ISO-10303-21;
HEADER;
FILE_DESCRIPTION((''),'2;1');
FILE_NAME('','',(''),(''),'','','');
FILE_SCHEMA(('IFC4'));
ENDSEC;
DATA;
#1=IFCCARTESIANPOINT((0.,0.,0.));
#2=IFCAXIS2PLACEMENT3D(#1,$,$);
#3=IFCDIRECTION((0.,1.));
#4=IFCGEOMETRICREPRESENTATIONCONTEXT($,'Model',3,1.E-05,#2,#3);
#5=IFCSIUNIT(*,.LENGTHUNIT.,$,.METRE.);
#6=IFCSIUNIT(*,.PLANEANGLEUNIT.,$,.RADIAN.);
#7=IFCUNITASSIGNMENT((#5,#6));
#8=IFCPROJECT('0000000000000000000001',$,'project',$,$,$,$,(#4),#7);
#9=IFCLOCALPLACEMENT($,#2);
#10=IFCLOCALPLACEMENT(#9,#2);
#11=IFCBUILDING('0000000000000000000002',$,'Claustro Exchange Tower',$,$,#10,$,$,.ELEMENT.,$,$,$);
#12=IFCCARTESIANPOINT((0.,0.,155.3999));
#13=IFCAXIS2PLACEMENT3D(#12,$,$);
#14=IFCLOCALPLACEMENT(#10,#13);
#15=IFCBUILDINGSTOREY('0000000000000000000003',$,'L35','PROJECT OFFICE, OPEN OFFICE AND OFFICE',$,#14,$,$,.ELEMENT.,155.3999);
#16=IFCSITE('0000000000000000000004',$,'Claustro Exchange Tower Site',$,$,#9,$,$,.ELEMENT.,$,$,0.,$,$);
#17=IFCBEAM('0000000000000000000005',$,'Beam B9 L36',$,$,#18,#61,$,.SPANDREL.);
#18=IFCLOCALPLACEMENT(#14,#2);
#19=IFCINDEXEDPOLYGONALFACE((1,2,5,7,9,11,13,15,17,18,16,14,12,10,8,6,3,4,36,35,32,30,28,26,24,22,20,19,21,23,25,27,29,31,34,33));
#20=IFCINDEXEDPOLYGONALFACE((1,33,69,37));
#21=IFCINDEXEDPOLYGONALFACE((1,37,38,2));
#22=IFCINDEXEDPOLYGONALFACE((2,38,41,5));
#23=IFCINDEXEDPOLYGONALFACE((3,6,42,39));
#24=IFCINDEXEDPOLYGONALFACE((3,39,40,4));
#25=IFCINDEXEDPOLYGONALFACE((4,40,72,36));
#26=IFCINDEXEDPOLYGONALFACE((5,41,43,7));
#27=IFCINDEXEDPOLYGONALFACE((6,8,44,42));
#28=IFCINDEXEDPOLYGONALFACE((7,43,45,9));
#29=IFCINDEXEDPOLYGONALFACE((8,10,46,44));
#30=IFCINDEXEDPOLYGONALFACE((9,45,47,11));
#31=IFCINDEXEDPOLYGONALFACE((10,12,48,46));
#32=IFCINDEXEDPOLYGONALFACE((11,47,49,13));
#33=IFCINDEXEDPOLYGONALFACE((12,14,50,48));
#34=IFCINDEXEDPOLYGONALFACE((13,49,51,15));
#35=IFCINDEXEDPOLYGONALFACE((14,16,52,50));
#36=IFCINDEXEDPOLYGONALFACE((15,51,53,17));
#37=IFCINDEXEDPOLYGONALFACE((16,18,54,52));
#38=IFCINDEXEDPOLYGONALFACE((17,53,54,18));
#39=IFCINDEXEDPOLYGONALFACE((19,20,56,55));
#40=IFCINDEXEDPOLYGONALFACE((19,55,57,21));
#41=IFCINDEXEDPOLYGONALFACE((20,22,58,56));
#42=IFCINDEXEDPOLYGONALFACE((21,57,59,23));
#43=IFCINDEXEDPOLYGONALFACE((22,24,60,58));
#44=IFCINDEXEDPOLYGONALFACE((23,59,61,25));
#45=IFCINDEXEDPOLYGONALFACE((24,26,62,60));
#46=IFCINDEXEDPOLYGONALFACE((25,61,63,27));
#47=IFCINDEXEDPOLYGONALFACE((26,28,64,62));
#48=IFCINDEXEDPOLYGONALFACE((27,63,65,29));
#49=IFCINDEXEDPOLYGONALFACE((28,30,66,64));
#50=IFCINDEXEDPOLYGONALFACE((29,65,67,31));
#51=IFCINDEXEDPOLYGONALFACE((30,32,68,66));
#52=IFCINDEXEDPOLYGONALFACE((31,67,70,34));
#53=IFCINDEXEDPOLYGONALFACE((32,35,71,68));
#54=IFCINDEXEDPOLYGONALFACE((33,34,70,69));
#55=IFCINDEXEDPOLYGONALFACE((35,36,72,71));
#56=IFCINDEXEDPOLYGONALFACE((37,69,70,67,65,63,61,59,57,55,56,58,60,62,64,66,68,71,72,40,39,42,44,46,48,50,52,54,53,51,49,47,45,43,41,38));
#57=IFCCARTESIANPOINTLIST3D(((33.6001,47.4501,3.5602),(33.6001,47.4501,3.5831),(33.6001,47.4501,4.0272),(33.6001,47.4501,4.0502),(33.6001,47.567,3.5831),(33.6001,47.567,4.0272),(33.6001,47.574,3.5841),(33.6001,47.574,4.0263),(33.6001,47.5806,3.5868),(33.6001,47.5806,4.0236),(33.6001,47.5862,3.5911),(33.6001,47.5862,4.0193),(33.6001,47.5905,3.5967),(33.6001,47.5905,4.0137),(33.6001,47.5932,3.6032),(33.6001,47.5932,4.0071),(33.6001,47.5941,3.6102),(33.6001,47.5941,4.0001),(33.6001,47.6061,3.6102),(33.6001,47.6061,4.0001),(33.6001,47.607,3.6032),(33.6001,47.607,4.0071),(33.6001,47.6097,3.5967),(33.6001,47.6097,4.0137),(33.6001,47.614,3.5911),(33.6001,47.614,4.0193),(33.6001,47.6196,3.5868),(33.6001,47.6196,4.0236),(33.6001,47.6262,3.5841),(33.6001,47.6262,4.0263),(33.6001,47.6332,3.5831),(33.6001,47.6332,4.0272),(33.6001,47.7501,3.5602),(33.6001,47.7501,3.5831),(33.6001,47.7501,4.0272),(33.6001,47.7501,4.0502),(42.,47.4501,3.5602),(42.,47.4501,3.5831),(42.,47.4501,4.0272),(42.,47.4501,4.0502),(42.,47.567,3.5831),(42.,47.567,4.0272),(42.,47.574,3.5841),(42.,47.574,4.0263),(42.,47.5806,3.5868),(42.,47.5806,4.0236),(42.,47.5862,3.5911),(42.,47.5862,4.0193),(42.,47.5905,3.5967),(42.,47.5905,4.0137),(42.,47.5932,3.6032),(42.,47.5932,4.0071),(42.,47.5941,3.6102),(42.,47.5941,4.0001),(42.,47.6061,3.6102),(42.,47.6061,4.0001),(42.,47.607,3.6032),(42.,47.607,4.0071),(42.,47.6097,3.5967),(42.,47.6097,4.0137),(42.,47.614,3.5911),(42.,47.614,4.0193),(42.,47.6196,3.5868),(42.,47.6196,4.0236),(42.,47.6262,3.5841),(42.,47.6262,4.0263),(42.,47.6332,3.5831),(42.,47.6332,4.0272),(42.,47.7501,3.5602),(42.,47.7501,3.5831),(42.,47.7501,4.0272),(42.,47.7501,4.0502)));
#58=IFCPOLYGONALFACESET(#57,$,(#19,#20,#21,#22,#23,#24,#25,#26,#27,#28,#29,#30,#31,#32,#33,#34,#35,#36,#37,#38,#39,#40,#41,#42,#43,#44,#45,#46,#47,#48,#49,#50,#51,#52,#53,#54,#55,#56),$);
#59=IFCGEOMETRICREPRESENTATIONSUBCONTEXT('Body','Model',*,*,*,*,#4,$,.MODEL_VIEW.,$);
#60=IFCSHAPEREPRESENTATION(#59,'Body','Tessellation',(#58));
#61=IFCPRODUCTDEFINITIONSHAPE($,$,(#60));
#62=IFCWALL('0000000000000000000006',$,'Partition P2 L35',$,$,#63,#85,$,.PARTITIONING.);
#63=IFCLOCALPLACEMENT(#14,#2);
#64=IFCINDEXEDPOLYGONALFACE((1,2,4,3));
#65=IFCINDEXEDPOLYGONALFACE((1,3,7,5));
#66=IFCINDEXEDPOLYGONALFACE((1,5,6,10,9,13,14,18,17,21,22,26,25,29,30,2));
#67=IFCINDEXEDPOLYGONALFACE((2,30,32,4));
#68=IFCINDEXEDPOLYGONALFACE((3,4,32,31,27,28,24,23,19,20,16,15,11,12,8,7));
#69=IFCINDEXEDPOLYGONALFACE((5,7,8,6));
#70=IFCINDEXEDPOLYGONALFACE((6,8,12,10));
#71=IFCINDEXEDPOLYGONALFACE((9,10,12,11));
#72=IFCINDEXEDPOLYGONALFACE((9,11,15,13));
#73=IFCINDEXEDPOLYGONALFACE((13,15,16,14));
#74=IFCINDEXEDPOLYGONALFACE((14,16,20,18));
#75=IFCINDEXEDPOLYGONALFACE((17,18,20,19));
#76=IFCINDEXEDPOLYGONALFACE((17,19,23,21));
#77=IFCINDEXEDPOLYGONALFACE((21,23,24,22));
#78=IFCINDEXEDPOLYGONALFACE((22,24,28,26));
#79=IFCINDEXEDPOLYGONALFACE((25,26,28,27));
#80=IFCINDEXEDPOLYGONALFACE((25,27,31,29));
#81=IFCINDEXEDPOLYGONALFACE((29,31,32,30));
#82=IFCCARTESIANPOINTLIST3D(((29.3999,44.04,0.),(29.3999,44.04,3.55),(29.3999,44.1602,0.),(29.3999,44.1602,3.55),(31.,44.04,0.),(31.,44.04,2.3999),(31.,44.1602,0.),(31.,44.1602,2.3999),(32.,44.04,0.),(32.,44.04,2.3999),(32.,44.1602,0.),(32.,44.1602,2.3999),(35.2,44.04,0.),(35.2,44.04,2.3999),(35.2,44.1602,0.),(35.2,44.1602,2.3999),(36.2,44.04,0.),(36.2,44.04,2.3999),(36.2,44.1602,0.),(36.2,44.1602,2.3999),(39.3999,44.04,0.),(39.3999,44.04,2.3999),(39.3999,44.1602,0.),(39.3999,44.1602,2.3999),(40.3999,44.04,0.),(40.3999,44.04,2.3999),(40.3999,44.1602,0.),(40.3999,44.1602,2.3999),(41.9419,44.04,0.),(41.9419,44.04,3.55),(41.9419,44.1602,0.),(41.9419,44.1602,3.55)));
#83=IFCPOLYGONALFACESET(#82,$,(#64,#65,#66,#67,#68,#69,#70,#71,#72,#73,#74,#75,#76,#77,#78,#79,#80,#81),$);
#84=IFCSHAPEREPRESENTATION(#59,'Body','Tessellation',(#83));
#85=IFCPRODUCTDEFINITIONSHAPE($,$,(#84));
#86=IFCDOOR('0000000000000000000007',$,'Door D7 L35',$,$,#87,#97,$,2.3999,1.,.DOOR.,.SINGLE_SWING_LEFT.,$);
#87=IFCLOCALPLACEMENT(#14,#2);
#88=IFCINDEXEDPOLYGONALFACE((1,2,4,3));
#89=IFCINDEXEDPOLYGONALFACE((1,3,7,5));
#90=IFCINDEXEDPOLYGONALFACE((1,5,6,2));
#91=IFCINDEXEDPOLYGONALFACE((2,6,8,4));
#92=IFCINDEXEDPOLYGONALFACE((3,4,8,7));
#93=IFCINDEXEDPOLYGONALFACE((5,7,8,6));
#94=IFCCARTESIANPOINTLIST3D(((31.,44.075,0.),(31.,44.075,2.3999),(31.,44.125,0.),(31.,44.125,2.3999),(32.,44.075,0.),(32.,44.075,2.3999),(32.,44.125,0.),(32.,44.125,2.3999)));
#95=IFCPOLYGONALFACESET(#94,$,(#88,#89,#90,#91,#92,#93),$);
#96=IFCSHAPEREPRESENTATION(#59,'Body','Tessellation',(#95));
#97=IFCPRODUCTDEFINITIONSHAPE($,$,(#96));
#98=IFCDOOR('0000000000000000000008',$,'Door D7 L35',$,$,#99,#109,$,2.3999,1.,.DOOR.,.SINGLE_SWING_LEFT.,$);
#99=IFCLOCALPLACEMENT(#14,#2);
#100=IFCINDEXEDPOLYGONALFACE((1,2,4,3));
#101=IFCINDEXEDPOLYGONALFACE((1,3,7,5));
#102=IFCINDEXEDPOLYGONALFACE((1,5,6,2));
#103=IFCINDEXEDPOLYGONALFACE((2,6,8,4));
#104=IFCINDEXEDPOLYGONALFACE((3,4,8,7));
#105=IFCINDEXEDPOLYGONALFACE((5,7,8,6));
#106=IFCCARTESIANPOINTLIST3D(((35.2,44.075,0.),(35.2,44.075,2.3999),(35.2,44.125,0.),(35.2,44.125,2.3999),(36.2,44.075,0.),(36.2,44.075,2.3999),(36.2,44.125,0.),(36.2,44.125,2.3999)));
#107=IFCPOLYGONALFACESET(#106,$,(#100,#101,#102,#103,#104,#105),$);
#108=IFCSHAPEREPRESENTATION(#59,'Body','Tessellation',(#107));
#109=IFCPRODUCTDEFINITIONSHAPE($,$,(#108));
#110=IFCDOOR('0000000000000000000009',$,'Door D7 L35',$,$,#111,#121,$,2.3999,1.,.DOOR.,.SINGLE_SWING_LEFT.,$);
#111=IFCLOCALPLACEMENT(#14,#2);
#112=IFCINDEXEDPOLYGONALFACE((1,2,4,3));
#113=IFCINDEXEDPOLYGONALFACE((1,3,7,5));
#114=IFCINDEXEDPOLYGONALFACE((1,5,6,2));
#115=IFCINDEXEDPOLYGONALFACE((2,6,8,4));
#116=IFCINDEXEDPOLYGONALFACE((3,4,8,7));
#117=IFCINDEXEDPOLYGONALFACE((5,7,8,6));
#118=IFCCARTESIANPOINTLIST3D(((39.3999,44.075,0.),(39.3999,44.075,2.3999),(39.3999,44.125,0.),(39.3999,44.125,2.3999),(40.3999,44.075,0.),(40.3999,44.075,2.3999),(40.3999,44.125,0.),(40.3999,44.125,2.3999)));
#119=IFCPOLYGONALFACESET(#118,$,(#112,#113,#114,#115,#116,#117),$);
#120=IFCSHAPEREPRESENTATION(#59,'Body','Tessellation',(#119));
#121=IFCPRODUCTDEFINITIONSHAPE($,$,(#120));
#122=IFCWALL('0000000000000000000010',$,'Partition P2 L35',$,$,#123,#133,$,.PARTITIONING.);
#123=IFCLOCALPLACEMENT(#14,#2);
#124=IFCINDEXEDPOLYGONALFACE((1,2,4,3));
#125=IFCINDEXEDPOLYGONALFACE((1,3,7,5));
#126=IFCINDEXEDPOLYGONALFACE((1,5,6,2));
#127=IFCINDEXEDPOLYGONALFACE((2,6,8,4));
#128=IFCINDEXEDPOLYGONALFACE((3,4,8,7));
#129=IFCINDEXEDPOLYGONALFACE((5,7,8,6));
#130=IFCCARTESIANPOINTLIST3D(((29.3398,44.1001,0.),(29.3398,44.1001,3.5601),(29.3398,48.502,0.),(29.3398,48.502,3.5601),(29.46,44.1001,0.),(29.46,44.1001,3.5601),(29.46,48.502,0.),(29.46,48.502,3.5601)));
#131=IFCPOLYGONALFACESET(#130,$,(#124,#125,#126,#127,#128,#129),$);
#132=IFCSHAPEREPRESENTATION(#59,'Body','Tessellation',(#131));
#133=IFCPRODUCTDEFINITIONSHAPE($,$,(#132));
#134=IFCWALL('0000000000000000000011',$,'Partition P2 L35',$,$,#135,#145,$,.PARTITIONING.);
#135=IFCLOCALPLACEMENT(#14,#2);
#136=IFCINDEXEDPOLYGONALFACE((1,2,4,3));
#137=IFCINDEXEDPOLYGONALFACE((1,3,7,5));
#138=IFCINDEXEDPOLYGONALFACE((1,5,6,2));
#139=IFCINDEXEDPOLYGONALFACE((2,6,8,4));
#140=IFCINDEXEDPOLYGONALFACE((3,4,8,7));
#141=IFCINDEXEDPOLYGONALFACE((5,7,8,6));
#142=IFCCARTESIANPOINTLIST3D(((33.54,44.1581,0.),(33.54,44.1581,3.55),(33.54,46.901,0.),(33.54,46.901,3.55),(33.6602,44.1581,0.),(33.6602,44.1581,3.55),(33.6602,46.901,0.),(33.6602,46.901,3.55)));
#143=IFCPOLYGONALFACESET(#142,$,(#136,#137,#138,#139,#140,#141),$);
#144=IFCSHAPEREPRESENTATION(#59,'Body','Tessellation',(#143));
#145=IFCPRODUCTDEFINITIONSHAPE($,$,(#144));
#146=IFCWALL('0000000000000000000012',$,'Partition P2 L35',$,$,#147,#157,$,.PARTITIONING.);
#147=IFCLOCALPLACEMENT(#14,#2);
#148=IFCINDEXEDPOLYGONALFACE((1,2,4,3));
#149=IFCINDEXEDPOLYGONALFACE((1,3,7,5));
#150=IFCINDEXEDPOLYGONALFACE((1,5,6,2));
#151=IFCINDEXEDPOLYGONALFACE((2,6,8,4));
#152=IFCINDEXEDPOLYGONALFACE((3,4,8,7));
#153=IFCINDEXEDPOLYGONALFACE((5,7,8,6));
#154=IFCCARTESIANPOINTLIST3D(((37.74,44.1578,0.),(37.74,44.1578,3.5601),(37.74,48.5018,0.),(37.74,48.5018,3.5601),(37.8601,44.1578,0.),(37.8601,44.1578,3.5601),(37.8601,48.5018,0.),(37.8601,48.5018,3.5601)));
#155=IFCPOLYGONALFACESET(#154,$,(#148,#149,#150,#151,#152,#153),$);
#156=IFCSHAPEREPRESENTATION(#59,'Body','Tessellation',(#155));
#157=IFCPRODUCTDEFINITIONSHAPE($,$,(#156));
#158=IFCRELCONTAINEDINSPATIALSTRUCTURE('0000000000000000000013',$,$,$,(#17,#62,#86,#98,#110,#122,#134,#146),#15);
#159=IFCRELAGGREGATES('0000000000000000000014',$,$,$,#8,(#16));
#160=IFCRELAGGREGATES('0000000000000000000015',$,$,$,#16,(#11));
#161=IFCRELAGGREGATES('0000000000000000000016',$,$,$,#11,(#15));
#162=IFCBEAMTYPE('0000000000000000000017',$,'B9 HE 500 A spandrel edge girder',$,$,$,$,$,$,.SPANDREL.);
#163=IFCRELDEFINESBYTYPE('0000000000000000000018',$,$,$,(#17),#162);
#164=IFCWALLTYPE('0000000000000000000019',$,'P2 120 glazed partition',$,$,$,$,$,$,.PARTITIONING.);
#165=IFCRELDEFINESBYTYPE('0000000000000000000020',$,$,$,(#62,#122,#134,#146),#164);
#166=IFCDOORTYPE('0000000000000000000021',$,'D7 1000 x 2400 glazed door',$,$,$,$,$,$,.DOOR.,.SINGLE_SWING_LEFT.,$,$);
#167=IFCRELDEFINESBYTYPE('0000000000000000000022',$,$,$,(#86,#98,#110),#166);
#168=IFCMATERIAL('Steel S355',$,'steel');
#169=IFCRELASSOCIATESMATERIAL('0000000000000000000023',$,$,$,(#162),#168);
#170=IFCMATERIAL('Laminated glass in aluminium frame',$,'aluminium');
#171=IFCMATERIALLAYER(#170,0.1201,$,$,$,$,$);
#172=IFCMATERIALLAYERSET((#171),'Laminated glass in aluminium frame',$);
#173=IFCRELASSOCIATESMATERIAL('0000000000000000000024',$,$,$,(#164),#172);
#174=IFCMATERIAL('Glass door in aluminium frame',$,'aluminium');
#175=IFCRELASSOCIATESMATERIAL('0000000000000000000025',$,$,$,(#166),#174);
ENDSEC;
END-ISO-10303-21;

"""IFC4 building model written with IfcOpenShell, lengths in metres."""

from ifc_helpers import new_model, si_unit, direction, frame, frame_2d, origin, origin_2d, place, context, subcontext, project, spatial, rectangle, i_section, extrude, material, layer, layer_set, material_profile, profile_set, type_object, element, fill, save


model = new_model("IFC4")

# Units and contexts
model_context = context("Model", 3, precision=1e-05, world=origin(), true_north=direction((0.0, 1.0)))
body_context = subcontext(model_context, "Body", "Model", "MODEL_VIEW")
ifc_project = project(units=[si_unit("LENGTHUNIT", "METRE"), si_unit("PLANEANGLEUNIT", "RADIAN")], contexts=[model_context])

# Site, building, storey
site_placement = place(None, origin())
site = spatial("IfcSite", under=ifc_project, at=site_placement, Name="Claustro Exchange Tower Site", CompositionType="ELEMENT", RefElevation=0.0)
building_placement = place(site_placement, origin())
building = spatial("IfcBuilding", under=site, at=building_placement, Name="Claustro Exchange Tower", CompositionType="ELEMENT")
storey_placement = place(building_placement, frame((0.0, 0.0, 155.3999)))
storey = spatial("IfcBuildingStorey", under=building, at=storey_placement, Name="L35", Description="PROJECT OFFICE, OPEN OFFICE AND OFFICE", CompositionType="ELEMENT", Elevation=155.3999)

# Beam
ifc_material_1 = material(Name="Steel S355", Category="steel")
ifc_material_profile_1 = material_profile(ifc_material_1, i_section(OverallWidth=0.3, OverallDepth=0.49, WebThickness=0.012, FlangeThickness=0.0229, FilletRadius=0.0271, at=origin_2d()), Name="HE 500 A")
ifc_profile_set_1 = profile_set([ifc_material_profile_1], Name="Steel S355")
beam_type_1 = type_object("IfcBeamType", Name="B9 HE 500 A spandrel edge girder", PredefinedType="SPANDREL", material=ifc_profile_set_1)
beam_1_placement = place(storey_placement, frame((33.6001, 47.6001, 3.8052), z_axis=(1.0, 0.0, 0.0), x_axis=(0.0, 1.0, 0.0)))
element("IfcBeam", 1, at=beam_1_placement, inside=storey, type_object=beam_type_1, Name="Beam B9 L36", PredefinedType="SPANDREL", context=body_context, shape_type="SweptSolid", body=[
    extrude(i_section(OverallWidth=0.3, OverallDepth=0.49, WebThickness=0.012, FlangeThickness=0.0229, FilletRadius=0.0271, at=origin_2d()), origin(), (0.0, 0.0, 1.0), 8.3999),
])

# Wall, openings, doors
ifc_material_2 = material(Name="Laminated glass in aluminium frame", Category="aluminium")
ifc_layer_1 = layer(ifc_material_2, 0.1201)
ifc_layer_set_1 = layer_set([ifc_layer_1], Name="Laminated glass in aluminium frame")
wall_type_1 = type_object("IfcWallType", Name="P2 120 glazed partition", PredefinedType="PARTITIONING", material=ifc_layer_set_1)
wall_1_placement = place(storey_placement, frame((29.3999, 44.1001, 0.0), z_axis=(0.0, 0.0, 1.0), x_axis=(1.0, 0.0, 0.0)))
wall_1 = element("IfcWall", 2, at=wall_1_placement, inside=storey, type_object=wall_type_1, Name="Partition P2 L35", PredefinedType="PARTITIONING", context=body_context, shape_type="SweptSolid", body=[
    extrude(rectangle(XDim=12.542, YDim=0.1201, at=frame_2d((6.271, 0.0))), origin(), (0.0, 0.0, 1.0), 3.55),
])
opening_1_placement = place(wall_1_placement, frame((1.6001, 0.0, 0.0)))
opening_1 = element("IfcOpeningElement", 3, at=opening_1_placement, cuts=wall_1, PredefinedType="OPENING", context=body_context, shape_type="SweptSolid", body=[
    extrude(rectangle(XDim=1.0, YDim=2.3999, at=frame_2d((0.5, 1.2))), frame((0.0, 0.0701, 0.0), z_axis=(0.0, -1.0, 0.0), x_axis=(1.0, 0.0, 0.0)), (0.0, 0.0, 1.0), 0.1401),
])
opening_2_placement = place(wall_1_placement, frame((5.8, 0.0, 0.0)))
opening_2 = element("IfcOpeningElement", 4, at=opening_2_placement, cuts=wall_1, PredefinedType="OPENING", context=body_context, shape_type="SweptSolid", body=[
    extrude(rectangle(XDim=1.0, YDim=2.3999, at=frame_2d((0.5, 1.2))), frame((0.0, 0.0701, 0.0), z_axis=(0.0, -1.0, 0.0), x_axis=(1.0, 0.0, 0.0)), (0.0, 0.0, 1.0), 0.1401),
])
opening_3_placement = place(wall_1_placement, frame((10.0, 0.0, 0.0)))
opening_3 = element("IfcOpeningElement", 5, at=opening_3_placement, cuts=wall_1, PredefinedType="OPENING", context=body_context, shape_type="SweptSolid", body=[
    extrude(rectangle(XDim=1.0, YDim=2.3999, at=frame_2d((0.5, 1.2))), frame((0.0, 0.0701, 0.0), z_axis=(0.0, -1.0, 0.0), x_axis=(1.0, 0.0, 0.0)), (0.0, 0.0, 1.0), 0.1401),
])
ifc_material_3 = material(Name="Glass door in aluminium frame", Category="aluminium")
door_type = type_object("IfcDoorType", Name="D7 1000 x 2400 glazed door", OperationType="SINGLE_SWING_LEFT", PredefinedType="DOOR", material=ifc_material_3)
door_1_placement = place(opening_1_placement, origin())
door_1 = element("IfcDoor", 6, at=door_1_placement, inside=storey, type_object=door_type, Name="Door D7 L35", OperationType="SINGLE_SWING_LEFT", OverallHeight=2.3999, OverallWidth=1.0, PredefinedType="DOOR", context=body_context, shape_type="SweptSolid", body=[
    extrude(rectangle(XDim=1.0, YDim=2.3999, at=frame_2d((0.5, 1.2))), frame((0.0, 0.0249, 0.0), z_axis=(0.0, -1.0, 0.0), x_axis=(1.0, 0.0, 0.0)), (0.0, 0.0, 1.0), 0.05),
])
fill(opening_1, door_1)
door_2_placement = place(opening_2_placement, origin())
door_2 = element("IfcDoor", 7, at=door_2_placement, inside=storey, type_object=door_type, Name="Door D7 L35", OperationType="SINGLE_SWING_LEFT", OverallHeight=2.3999, OverallWidth=1.0, PredefinedType="DOOR", context=body_context, shape_type="SweptSolid", body=[
    extrude(rectangle(XDim=1.0, YDim=2.3999, at=frame_2d((0.5, 1.2))), frame((0.0, 0.0249, 0.0), z_axis=(0.0, -1.0, 0.0), x_axis=(1.0, 0.0, 0.0)), (0.0, 0.0, 1.0), 0.05),
])
fill(opening_2, door_2)
door_3_placement = place(opening_3_placement, origin())
door_3 = element("IfcDoor", 8, at=door_3_placement, inside=storey, type_object=door_type, Name="Door D7 L35", OperationType="SINGLE_SWING_LEFT", OverallHeight=2.3999, OverallWidth=1.0, PredefinedType="DOOR", context=body_context, shape_type="SweptSolid", body=[
    extrude(rectangle(XDim=1.0, YDim=2.3999, at=frame_2d((0.5, 1.2))), frame((0.0, 0.0249, 0.0), z_axis=(0.0, -1.0, 0.0), x_axis=(1.0, 0.0, 0.0)), (0.0, 0.0, 1.0), 0.05),
])
fill(opening_3, door_3)

# Walls
wall_2_placement = place(storey_placement, frame((29.3999, 44.1001, 0.0), z_axis=(0.0, 0.0, 1.0), x_axis=(0.0, 1.0, 0.0)))
element("IfcWall", 9, at=wall_2_placement, inside=storey, type_object=wall_type_1, Name="Partition P2 L35", PredefinedType="PARTITIONING", context=body_context, shape_type="SweptSolid", body=[
    extrude(rectangle(XDim=4.4019, YDim=0.1201, at=frame_2d((2.2009, 0.0))), origin(), (0.0, 0.0, 1.0), 3.5601),
])
wall_3_placement = place(storey_placement, frame((33.6001, 44.158, 0.0), z_axis=(0.0, 0.0, 1.0), x_axis=(0.0, 1.0, 0.0)))
element("IfcWall", 10, at=wall_3_placement, inside=storey, type_object=wall_type_1, Name="Partition P2 L35", PredefinedType="PARTITIONING", context=body_context, shape_type="SweptSolid", body=[
    extrude(rectangle(XDim=2.7429, YDim=0.1201, at=frame_2d((1.3716, 0.0))), origin(), (0.0, 0.0, 1.0), 3.55),
])
wall_4_placement = place(storey_placement, frame((37.8, 44.158, 0.0), z_axis=(0.0, 0.0, 1.0), x_axis=(0.0, 1.0, 0.0)))
element("IfcWall", 11, at=wall_4_placement, inside=storey, type_object=wall_type_1, Name="Partition P2 L35", PredefinedType="PARTITIONING", context=body_context, shape_type="SweptSolid", body=[
    extrude(rectangle(XDim=4.344, YDim=0.1201, at=frame_2d((2.1719, 0.0))), origin(), (0.0, 0.0, 1.0), 3.5601),
])

save(model, "model.ifc")
